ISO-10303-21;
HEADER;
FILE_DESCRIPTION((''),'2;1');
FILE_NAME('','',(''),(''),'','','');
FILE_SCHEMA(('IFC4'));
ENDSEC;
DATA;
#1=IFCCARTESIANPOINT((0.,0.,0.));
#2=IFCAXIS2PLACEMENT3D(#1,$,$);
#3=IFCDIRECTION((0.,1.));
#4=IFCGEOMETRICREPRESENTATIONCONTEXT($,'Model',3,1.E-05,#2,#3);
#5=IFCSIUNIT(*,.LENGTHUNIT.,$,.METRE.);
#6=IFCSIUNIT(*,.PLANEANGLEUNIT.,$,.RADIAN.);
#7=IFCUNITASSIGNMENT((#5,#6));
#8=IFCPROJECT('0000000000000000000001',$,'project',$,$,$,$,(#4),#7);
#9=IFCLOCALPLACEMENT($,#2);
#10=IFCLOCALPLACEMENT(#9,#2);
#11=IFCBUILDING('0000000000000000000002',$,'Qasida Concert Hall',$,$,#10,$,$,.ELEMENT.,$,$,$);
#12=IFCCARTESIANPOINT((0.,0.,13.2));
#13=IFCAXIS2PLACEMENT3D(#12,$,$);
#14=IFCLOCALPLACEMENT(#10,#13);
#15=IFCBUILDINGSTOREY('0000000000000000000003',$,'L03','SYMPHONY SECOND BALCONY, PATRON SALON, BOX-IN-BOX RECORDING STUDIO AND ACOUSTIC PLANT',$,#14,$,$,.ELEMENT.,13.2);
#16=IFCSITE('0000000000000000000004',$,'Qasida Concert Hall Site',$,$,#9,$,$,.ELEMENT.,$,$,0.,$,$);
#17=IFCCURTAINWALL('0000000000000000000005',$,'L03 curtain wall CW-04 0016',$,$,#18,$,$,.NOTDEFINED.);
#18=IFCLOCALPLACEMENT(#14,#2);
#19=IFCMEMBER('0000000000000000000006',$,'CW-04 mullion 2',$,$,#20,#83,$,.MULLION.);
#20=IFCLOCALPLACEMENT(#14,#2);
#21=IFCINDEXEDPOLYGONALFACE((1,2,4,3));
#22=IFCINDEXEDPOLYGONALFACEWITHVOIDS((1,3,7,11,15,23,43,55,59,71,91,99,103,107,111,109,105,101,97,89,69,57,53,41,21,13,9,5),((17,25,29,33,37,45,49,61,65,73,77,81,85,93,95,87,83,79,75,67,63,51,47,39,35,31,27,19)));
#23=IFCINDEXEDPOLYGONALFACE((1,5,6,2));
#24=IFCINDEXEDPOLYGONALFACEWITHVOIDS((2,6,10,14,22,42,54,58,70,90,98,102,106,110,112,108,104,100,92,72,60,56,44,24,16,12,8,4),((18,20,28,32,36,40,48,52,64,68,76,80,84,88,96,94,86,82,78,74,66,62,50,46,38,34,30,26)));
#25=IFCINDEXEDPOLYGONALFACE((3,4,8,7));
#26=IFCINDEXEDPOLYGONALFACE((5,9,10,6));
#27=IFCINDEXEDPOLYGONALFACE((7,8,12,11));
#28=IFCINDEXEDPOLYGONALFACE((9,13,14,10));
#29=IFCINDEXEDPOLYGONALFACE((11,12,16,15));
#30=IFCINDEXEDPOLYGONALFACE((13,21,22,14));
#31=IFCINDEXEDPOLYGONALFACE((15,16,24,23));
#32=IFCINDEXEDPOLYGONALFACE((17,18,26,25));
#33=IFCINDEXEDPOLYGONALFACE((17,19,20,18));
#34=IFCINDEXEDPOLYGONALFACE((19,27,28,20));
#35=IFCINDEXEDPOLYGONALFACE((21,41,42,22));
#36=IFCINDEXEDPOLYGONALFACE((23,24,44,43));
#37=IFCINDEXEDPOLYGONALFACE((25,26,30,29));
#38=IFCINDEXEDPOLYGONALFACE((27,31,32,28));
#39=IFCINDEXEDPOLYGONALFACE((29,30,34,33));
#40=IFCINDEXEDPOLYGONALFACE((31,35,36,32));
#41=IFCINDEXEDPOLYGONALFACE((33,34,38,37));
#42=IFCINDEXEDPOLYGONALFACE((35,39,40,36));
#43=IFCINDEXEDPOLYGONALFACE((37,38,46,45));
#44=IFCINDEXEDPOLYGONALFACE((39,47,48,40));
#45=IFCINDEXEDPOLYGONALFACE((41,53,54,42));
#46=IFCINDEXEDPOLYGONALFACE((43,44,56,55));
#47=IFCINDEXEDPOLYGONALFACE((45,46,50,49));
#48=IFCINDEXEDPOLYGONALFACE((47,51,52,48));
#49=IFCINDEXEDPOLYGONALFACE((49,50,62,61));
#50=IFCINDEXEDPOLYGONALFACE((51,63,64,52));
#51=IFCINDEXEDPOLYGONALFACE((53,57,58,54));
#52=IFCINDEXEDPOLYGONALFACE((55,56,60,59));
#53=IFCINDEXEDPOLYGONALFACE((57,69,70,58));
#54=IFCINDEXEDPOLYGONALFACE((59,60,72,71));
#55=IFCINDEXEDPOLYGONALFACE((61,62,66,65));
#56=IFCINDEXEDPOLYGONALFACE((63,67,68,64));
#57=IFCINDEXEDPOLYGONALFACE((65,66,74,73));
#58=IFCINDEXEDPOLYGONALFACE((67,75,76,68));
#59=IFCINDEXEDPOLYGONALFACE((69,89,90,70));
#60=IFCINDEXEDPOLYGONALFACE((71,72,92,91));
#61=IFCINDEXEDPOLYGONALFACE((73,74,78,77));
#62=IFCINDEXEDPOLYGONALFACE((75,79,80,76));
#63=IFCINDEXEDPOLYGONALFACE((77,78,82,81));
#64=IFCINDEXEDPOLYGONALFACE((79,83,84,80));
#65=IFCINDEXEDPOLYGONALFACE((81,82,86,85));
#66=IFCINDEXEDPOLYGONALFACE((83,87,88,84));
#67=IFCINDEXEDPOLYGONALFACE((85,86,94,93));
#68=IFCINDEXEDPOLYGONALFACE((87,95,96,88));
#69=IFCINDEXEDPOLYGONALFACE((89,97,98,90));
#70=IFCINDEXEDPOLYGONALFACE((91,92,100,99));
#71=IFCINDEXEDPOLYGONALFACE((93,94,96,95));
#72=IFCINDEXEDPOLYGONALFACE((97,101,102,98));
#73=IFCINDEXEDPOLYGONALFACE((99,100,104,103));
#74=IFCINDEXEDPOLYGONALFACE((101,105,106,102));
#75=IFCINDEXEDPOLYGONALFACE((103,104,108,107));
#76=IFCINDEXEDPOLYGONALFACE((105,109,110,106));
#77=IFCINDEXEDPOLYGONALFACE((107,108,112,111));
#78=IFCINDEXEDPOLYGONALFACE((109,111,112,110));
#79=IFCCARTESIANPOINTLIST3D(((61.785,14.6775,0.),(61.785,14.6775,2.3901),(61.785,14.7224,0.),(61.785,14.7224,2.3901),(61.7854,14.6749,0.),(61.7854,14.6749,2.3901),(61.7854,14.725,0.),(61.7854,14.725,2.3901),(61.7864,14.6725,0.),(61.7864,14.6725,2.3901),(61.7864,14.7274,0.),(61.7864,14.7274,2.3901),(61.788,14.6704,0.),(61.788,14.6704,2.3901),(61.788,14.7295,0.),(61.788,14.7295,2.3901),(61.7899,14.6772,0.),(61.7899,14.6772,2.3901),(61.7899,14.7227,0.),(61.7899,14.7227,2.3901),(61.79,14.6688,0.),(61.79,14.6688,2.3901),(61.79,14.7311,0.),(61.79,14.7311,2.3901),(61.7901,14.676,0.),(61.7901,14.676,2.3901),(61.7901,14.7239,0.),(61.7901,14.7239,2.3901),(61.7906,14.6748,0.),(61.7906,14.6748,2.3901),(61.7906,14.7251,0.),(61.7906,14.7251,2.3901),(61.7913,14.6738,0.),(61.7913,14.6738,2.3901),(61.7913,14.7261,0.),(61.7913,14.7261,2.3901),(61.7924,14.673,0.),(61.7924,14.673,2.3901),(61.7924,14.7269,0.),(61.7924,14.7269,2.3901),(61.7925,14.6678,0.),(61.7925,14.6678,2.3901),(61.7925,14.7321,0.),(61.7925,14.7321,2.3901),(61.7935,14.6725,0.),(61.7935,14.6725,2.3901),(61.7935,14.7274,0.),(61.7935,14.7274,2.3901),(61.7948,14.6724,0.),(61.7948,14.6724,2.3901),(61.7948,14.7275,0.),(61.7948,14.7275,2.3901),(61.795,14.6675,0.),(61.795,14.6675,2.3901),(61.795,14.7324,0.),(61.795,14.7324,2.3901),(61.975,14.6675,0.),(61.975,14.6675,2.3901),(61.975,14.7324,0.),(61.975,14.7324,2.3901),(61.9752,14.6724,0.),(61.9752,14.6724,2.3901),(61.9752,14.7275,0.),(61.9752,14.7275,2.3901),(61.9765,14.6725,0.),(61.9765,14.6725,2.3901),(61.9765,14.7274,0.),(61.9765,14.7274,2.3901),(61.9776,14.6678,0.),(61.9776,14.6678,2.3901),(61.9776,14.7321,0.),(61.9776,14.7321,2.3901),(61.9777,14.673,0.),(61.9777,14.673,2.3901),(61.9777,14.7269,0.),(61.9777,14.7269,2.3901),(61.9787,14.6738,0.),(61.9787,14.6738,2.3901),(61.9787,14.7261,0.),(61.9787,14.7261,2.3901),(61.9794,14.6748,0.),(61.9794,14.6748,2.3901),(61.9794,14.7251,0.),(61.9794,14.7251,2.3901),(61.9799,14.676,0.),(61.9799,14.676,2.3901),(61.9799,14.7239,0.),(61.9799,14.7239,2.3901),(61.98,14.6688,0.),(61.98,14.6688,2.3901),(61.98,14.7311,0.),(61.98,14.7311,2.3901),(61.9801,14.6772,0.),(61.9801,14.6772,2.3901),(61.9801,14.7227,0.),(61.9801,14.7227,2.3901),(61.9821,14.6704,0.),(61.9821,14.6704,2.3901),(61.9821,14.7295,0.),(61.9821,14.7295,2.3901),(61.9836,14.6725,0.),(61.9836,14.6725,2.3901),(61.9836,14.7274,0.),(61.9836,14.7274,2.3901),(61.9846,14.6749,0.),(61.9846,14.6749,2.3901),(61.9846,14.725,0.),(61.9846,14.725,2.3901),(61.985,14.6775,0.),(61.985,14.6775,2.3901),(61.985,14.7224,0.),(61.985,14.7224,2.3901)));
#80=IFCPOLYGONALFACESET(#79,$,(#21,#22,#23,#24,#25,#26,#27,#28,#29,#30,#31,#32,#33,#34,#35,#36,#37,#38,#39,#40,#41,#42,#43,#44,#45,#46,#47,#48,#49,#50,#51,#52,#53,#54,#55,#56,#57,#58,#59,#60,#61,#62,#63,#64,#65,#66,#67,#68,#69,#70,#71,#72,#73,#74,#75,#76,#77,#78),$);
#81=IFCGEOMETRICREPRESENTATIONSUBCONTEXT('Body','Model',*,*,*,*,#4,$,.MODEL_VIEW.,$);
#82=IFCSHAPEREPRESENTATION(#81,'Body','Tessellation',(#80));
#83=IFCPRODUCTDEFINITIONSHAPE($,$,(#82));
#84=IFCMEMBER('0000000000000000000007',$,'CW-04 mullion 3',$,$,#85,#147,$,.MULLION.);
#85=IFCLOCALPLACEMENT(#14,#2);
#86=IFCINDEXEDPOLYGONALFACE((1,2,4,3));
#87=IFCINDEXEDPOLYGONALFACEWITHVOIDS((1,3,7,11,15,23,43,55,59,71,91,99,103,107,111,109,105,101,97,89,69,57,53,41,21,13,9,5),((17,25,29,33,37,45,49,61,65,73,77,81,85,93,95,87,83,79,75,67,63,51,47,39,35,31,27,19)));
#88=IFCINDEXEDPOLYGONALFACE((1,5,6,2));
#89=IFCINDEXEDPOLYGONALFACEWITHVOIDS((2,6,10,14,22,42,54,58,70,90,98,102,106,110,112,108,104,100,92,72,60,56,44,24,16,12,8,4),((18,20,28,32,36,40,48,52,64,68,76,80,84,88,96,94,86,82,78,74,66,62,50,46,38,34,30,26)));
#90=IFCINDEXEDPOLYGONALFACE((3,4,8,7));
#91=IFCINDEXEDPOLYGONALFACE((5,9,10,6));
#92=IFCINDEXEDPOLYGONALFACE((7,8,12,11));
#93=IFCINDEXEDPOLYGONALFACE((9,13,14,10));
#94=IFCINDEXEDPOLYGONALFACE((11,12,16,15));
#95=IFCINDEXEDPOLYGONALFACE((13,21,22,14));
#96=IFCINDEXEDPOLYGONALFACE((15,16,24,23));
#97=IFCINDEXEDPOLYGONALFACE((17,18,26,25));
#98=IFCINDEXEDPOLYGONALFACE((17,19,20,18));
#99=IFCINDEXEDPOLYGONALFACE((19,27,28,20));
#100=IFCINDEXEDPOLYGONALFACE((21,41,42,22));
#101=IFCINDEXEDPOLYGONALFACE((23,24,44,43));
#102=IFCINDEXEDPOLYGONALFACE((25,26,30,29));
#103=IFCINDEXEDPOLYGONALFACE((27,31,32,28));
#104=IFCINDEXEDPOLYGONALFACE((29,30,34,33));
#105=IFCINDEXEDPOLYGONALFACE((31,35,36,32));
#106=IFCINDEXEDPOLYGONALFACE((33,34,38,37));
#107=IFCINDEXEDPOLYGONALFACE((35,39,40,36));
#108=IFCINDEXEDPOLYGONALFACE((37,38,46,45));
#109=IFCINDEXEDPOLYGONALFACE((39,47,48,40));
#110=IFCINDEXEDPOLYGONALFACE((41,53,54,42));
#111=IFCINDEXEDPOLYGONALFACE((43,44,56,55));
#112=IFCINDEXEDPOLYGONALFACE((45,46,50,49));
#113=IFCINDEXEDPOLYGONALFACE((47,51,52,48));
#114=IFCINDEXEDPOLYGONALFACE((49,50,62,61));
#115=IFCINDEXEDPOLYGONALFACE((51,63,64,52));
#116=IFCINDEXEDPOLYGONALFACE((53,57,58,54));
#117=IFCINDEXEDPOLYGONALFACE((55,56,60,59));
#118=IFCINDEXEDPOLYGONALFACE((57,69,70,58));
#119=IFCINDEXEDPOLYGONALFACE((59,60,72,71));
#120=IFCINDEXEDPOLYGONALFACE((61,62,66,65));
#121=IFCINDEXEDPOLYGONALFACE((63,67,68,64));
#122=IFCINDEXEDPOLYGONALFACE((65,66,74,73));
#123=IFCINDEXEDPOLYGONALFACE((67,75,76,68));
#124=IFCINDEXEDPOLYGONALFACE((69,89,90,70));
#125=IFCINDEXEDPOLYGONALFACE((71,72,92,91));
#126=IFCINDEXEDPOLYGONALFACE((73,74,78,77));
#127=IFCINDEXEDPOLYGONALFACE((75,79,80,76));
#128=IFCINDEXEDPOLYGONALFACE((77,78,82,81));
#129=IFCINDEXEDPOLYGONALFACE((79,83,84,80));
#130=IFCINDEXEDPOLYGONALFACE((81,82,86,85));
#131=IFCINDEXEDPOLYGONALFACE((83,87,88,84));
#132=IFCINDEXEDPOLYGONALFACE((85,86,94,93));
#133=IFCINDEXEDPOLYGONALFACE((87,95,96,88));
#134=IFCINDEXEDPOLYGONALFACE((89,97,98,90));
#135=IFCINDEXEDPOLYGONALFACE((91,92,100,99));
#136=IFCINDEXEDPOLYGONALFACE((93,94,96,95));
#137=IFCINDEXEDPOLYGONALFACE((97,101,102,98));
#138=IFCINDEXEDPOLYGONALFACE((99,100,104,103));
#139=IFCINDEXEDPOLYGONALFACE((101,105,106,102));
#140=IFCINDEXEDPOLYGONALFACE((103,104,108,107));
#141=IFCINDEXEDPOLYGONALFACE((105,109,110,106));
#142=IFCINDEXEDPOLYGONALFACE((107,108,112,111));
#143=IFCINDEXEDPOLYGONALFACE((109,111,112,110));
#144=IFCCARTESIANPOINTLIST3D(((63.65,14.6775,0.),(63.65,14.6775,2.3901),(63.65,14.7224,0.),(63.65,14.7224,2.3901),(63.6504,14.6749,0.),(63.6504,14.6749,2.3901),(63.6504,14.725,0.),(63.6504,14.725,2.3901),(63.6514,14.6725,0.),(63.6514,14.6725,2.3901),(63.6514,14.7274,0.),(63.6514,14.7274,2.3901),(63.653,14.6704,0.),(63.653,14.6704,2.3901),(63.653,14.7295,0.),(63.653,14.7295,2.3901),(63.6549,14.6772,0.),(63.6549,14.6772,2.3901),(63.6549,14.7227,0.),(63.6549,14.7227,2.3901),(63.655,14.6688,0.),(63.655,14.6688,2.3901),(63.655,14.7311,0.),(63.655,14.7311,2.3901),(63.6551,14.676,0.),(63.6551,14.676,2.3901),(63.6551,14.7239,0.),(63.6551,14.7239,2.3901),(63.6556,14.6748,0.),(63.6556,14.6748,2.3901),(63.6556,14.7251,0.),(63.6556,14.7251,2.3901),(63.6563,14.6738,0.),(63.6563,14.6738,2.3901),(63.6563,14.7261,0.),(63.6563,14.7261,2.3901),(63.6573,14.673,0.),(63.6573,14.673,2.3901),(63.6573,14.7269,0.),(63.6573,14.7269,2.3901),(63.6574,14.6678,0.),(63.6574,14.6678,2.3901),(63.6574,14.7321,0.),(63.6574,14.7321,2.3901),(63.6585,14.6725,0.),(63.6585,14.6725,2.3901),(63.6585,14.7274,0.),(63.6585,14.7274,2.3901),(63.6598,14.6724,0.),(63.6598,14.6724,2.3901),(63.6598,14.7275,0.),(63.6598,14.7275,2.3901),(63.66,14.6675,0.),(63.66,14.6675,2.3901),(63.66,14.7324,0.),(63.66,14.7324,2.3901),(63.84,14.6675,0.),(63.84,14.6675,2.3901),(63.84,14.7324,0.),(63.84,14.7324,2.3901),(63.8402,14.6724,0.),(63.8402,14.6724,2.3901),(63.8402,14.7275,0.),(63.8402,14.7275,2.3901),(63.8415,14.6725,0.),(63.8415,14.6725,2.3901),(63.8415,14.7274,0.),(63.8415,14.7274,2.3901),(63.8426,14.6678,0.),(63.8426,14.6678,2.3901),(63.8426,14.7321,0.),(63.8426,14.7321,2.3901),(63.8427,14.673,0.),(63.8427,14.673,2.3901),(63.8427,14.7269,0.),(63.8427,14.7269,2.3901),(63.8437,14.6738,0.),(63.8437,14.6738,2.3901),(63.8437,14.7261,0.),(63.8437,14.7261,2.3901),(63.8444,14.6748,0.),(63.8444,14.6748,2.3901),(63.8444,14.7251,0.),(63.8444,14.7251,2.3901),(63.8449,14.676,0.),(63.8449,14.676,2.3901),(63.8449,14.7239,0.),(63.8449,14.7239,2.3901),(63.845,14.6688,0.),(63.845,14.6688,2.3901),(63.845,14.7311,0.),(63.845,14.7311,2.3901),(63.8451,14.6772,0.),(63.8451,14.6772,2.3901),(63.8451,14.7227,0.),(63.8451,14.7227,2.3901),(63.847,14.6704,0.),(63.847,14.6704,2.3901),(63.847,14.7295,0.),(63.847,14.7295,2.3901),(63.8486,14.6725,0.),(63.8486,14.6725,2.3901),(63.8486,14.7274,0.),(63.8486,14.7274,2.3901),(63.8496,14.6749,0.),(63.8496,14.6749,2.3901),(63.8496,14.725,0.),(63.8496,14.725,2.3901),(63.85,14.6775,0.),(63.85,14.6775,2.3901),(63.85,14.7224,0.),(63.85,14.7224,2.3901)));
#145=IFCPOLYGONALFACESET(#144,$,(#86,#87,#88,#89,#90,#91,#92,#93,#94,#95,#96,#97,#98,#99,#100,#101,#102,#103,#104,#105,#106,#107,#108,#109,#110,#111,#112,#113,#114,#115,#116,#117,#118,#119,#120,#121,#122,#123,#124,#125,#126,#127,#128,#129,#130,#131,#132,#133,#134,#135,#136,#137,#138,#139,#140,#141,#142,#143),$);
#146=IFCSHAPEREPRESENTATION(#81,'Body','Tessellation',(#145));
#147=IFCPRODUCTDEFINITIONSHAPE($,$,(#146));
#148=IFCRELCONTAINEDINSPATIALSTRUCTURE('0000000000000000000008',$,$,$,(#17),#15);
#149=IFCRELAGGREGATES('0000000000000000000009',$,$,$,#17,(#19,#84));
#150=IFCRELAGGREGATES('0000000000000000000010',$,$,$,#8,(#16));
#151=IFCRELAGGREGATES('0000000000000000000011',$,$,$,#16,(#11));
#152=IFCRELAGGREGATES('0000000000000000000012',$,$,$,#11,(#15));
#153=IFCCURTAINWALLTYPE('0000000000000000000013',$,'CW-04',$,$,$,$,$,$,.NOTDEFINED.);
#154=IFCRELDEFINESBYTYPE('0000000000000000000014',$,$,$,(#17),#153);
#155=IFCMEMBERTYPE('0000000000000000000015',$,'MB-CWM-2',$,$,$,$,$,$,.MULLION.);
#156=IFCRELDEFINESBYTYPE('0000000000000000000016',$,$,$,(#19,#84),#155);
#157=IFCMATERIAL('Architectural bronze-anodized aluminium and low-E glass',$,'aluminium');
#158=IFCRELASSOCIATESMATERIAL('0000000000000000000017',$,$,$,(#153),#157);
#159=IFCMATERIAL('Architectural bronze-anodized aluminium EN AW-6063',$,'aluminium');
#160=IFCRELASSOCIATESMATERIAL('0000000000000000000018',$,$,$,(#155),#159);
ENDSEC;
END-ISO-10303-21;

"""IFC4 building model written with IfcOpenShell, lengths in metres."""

from ifc_helpers import new_model, si_unit, direction, frame, origin, origin_2d, place, context, subcontext, project, spatial, hollow_rectangle, extrude, material, material_profile, profile_set, type_object, element, aggregate, save


model = new_model("IFC4")

# Units and contexts
model_context = context("Model", 3, precision=1e-05, world=origin(), true_north=direction((0.0, 1.0)))
body_context = subcontext(model_context, "Body", "Model", "MODEL_VIEW")
ifc_project = project(units=[si_unit("LENGTHUNIT", "METRE"), si_unit("PLANEANGLEUNIT", "RADIAN")], contexts=[model_context])

# Site, building, storey
site_placement = place(None, origin())
site = spatial("IfcSite", under=ifc_project, at=site_placement, Name="Qasida Concert Hall Site", CompositionType="ELEMENT", RefElevation=0.0)
building_placement = place(site_placement, origin())
building = spatial("IfcBuilding", under=site, at=building_placement, Name="Qasida Concert Hall", CompositionType="ELEMENT")
storey_placement = place(building_placement, frame((0.0, 0.0, 13.2)))
storey = spatial("IfcBuildingStorey", under=building, at=storey_placement, Name="L03", Description="SYMPHONY SECOND BALCONY, PATRON SALON, BOX-IN-BOX RECORDING STUDIO AND ACOUSTIC PLANT", CompositionType="ELEMENT", Elevation=13.2)

# Curtain wall, members
ifc_material_1 = material(Name="Architectural bronze-anodized aluminium and low-E glass", Category="aluminium")
curtain_wall_type = type_object("IfcCurtainWallType", Name="CW-04", PredefinedType="NOTDEFINED", material=ifc_material_1)
curtain_wall_placement = place(storey_placement, origin())
curtain_wall = element("IfcCurtainWall", 1, at=curtain_wall_placement, inside=storey, type_object=curtain_wall_type, Name="L03 curtain wall CW-04 0016", PredefinedType="NOTDEFINED")
ifc_material_2 = material(Name="Architectural bronze-anodized aluminium EN AW-6063", Category="aluminium")
ifc_material_profile_1 = material_profile(ifc_material_2, hollow_rectangle(XDim=0.0649, YDim=0.2, WallThickness=0.0049, InnerFilletRadius=0.0049, OuterFilletRadius=0.01, at=origin_2d()), Name="CWM 200x65x5")
ifc_profile_set_1 = profile_set([ifc_material_profile_1], Name="Architectural bronze-anodized aluminium EN AW-6063")
member_type_1 = type_object("IfcMemberType", Name="MB-CWM-2", PredefinedType="MULLION", material=ifc_profile_set_1)
member_1_placement = place(storey_placement, frame((61.885, 14.7, 0.0), z_axis=(0.0, 0.0, 1.0), x_axis=(0.0, 1.0, 0.0)))
member_1 = element("IfcMember", 2, at=member_1_placement, type_object=member_type_1, Name="CW-04 mullion 2", PredefinedType="MULLION", context=body_context, shape_type="SweptSolid", body=[
    extrude(hollow_rectangle(XDim=0.0649, YDim=0.2, WallThickness=0.0049, InnerFilletRadius=0.0049, OuterFilletRadius=0.01, at=origin_2d()), origin(), (0.0, 0.0, 1.0), 2.3901),
])
member_2_placement = place(storey_placement, frame((63.75, 14.7, 0.0), z_axis=(0.0, 0.0, 1.0), x_axis=(0.0, 1.0, 0.0)))
member_2 = element("IfcMember", 3, at=member_2_placement, type_object=member_type_1, Name="CW-04 mullion 3", PredefinedType="MULLION", context=body_context, shape_type="SweptSolid", body=[
    extrude(hollow_rectangle(XDim=0.0649, YDim=0.2, WallThickness=0.0049, InnerFilletRadius=0.0049, OuterFilletRadius=0.01, at=origin_2d()), origin(), (0.0, 0.0, 1.0), 2.3901),
])
aggregate(curtain_wall, [member_1, member_2])

save(model, "model.ifc")
